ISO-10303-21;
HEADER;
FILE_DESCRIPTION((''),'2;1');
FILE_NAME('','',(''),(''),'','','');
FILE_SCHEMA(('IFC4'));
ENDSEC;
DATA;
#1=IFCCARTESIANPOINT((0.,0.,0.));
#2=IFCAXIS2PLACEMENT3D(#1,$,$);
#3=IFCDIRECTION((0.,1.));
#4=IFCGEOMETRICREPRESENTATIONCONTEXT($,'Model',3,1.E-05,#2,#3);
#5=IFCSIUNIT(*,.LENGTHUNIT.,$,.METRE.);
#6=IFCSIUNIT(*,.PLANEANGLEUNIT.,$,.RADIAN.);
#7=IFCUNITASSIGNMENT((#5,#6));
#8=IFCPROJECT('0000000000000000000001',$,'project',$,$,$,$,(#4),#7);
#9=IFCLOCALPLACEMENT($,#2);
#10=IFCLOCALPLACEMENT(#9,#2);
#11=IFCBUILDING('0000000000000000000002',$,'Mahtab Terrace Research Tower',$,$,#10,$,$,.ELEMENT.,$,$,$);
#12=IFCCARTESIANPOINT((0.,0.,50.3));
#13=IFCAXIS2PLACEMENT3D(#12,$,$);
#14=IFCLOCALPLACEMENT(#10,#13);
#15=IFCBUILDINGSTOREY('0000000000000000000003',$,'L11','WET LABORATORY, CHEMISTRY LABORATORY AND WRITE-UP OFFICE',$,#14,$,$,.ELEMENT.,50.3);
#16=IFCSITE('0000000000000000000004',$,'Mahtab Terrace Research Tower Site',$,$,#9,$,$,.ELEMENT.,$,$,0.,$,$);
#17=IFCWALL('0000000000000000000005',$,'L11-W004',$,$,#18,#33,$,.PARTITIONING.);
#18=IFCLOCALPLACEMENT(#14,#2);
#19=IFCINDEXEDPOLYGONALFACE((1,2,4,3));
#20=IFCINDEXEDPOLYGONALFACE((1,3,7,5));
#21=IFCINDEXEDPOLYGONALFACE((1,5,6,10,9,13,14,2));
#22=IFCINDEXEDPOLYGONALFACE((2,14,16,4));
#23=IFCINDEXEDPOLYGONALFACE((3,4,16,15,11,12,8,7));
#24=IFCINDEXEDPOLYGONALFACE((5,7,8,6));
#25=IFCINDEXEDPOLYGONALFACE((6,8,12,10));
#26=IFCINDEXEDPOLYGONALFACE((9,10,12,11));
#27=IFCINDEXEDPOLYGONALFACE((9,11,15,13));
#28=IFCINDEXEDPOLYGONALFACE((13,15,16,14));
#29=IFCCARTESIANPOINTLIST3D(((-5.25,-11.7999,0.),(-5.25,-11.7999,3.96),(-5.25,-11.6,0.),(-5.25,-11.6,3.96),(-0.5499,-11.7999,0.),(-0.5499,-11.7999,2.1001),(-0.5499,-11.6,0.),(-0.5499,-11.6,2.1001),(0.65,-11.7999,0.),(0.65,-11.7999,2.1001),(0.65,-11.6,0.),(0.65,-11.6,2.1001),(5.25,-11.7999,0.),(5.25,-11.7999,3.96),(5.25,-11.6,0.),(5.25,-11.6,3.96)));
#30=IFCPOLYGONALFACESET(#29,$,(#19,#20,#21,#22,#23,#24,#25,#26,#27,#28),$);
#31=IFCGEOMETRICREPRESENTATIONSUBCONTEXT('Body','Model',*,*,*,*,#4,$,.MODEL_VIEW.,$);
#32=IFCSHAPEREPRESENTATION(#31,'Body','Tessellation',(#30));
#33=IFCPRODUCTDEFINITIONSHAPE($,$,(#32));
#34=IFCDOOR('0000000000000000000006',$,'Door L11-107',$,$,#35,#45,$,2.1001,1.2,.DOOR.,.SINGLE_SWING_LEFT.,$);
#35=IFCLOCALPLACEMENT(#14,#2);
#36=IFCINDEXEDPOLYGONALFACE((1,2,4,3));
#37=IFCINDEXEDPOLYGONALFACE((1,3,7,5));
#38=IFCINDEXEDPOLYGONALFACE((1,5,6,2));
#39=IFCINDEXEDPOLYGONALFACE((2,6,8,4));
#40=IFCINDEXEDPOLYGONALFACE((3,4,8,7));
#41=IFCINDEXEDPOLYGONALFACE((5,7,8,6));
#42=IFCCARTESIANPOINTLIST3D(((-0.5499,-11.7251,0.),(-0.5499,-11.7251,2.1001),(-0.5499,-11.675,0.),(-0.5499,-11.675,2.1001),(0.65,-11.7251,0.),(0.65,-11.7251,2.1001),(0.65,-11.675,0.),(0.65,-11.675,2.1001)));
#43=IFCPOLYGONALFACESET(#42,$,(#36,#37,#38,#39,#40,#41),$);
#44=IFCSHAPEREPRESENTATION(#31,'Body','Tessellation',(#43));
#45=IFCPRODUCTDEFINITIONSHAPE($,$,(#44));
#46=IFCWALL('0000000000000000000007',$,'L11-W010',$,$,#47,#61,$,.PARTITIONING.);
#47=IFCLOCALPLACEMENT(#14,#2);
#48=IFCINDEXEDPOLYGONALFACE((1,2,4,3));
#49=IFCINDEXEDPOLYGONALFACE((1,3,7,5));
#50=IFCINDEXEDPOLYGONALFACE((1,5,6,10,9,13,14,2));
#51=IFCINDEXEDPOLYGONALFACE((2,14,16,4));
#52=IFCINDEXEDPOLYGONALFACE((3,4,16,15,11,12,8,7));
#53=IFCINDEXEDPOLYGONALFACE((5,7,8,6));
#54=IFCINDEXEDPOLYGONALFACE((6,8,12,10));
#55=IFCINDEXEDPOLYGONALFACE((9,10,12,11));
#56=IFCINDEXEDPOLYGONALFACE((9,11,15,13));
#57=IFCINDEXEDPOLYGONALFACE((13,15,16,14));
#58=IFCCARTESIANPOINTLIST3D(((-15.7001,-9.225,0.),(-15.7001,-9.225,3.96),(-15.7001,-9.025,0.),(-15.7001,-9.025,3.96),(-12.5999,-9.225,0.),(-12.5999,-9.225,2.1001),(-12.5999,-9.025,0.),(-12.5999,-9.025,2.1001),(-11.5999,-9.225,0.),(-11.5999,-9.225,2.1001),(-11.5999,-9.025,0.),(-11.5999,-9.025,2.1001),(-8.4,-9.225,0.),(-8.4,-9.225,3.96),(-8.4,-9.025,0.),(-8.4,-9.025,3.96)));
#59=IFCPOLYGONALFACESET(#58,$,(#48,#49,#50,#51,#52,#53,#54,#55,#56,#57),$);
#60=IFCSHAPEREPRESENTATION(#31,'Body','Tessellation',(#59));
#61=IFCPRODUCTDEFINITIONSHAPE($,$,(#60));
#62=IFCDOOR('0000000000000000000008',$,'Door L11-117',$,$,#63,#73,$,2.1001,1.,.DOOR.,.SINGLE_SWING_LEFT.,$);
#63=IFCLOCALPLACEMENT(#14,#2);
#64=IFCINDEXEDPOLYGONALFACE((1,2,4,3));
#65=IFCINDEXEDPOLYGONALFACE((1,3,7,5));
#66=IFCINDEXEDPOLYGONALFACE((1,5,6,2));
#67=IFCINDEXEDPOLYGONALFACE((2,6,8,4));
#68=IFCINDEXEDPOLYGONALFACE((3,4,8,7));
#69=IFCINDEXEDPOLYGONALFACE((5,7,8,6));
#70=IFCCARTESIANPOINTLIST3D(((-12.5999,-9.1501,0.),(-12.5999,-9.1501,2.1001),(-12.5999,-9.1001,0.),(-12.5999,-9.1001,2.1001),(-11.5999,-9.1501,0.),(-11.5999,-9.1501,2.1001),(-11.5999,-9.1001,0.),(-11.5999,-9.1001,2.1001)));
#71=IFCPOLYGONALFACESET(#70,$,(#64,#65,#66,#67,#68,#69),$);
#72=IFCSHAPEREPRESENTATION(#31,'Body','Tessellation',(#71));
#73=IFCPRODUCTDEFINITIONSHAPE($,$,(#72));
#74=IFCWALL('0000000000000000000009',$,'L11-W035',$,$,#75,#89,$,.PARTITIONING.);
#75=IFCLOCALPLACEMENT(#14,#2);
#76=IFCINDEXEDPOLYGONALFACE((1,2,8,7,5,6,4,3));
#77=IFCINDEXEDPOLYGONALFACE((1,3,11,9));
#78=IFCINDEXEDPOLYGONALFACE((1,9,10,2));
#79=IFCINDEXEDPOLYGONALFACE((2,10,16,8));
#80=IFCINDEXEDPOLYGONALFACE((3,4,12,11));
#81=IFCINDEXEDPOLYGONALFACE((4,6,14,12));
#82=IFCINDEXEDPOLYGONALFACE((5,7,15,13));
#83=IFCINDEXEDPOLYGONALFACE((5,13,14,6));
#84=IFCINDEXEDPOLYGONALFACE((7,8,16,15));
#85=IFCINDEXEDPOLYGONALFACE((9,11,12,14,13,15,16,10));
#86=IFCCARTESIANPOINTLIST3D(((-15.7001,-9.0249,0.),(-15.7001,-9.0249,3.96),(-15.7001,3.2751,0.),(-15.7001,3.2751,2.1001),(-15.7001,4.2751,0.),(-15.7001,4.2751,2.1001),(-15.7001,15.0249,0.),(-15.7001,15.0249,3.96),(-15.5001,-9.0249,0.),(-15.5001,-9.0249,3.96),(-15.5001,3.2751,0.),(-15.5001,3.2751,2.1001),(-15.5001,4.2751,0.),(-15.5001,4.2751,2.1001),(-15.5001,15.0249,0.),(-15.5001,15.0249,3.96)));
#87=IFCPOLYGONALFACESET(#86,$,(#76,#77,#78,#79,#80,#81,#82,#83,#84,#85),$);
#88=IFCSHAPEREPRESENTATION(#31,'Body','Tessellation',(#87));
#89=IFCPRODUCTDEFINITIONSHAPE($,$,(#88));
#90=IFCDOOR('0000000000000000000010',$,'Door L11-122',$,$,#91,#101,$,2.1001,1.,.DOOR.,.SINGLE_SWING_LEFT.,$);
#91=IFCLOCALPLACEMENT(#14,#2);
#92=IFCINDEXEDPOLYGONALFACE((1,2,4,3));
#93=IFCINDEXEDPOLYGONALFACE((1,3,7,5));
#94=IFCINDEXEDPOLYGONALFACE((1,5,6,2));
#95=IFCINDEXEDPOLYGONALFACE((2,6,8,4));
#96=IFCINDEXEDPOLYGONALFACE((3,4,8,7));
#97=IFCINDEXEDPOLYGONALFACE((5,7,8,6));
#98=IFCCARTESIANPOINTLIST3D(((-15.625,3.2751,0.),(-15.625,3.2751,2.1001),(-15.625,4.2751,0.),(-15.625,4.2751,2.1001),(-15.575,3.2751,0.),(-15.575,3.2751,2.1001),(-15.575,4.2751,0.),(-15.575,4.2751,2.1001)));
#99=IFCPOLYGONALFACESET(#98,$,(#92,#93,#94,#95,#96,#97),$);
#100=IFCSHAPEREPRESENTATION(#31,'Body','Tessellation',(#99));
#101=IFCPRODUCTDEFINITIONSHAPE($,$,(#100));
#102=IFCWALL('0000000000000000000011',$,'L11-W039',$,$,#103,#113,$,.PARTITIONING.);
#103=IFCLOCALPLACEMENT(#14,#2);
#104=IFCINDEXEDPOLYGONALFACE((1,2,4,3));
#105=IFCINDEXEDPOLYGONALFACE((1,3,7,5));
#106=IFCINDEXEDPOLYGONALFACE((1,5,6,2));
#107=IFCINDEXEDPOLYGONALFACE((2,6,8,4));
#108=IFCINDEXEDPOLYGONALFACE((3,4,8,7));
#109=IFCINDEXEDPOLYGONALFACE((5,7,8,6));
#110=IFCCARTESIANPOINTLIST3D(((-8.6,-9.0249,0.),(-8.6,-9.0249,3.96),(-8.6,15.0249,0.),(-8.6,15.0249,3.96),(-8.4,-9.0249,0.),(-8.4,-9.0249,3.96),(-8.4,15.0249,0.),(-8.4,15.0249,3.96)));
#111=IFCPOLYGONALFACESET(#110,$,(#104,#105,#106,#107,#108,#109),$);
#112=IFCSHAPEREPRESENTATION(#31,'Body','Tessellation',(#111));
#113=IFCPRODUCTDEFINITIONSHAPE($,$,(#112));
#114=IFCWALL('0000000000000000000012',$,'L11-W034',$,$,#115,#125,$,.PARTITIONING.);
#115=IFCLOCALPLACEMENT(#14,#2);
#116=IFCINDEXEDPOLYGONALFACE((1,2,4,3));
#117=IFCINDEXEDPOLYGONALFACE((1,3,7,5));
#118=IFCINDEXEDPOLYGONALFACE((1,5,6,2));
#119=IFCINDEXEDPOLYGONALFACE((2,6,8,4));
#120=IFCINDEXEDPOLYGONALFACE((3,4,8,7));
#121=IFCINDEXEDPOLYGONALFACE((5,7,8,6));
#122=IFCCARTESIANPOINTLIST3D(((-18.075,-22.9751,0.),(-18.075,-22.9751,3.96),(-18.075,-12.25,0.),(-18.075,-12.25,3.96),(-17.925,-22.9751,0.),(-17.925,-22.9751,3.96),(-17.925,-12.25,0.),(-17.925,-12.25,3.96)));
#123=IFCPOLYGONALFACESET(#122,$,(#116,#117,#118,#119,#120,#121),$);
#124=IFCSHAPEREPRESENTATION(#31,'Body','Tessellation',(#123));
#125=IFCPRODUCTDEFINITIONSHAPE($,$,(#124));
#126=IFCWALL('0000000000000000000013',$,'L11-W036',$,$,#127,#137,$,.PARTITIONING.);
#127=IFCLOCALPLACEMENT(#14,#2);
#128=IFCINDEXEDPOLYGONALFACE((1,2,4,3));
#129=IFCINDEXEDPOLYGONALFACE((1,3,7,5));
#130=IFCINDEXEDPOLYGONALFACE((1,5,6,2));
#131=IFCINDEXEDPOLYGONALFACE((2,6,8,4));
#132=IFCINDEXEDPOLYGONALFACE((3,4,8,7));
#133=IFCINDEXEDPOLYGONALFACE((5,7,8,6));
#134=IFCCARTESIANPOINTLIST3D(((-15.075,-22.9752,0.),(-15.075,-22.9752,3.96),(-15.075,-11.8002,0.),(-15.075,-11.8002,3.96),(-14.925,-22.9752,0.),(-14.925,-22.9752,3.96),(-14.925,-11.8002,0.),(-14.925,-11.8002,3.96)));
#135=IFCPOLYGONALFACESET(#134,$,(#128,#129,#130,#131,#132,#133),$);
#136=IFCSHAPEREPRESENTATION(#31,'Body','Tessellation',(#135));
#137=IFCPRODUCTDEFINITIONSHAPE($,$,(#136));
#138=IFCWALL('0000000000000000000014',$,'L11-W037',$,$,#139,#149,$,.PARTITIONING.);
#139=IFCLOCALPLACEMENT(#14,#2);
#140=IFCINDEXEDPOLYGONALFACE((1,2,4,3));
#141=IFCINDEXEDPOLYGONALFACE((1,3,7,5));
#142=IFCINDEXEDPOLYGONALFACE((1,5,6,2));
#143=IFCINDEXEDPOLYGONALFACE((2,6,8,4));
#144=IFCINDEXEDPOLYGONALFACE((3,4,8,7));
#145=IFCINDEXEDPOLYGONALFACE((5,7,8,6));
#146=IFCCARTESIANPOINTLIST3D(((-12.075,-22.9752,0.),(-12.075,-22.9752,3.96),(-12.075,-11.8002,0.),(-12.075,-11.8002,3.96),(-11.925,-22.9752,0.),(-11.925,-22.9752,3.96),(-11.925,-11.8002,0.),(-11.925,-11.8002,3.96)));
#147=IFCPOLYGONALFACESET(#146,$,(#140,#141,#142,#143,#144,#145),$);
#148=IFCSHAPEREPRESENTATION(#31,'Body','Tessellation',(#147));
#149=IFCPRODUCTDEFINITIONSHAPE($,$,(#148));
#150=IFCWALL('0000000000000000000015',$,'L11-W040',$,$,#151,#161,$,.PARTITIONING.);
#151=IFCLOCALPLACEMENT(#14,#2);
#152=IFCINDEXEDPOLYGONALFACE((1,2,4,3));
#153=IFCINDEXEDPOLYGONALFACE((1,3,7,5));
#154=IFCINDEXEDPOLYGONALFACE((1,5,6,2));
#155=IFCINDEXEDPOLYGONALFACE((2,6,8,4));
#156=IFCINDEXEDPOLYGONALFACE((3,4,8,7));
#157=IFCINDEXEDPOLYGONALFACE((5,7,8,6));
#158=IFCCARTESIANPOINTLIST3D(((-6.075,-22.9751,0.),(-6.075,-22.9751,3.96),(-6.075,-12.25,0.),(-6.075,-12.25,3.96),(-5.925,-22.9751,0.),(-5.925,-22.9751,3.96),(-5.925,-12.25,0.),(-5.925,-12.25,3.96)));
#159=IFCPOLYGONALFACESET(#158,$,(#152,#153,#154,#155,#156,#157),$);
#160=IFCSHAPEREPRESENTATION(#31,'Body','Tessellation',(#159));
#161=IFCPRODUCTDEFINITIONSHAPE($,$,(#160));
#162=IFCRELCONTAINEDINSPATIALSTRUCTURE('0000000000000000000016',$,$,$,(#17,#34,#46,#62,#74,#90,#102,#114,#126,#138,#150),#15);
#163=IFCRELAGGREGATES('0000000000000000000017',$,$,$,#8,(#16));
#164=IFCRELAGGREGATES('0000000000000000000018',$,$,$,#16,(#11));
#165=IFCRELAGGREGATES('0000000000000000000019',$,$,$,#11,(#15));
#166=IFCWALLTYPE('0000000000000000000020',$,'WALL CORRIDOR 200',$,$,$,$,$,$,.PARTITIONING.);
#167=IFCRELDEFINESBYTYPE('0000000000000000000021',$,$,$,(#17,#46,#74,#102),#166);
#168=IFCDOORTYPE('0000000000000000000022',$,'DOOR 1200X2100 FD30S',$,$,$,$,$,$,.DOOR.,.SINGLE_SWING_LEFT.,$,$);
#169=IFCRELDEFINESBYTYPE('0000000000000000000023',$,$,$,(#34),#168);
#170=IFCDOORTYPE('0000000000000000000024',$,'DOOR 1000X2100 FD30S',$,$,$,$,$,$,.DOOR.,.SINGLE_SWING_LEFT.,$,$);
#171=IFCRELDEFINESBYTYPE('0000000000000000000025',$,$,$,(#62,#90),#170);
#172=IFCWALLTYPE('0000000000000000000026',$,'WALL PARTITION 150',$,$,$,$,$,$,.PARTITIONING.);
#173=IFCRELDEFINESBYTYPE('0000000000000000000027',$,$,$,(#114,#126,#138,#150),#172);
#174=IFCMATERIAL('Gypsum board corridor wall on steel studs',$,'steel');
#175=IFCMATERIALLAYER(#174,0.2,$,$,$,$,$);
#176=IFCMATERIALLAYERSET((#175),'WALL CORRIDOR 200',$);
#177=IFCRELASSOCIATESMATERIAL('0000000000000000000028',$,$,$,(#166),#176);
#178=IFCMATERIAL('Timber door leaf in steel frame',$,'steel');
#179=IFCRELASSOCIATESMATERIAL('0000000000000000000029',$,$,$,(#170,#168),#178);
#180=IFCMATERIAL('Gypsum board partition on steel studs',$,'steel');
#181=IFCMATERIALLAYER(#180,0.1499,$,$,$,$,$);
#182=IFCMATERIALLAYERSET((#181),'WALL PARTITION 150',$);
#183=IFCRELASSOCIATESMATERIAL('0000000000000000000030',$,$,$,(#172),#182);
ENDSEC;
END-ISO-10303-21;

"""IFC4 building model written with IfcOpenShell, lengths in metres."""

from ifc_helpers import new_model, si_unit, direction, frame, frame_2d, origin, place, context, subcontext, project, spatial, rectangle, extrude, material, layer, layer_set, type_object, element, fill, save


model = new_model("IFC4")

# Units and contexts
model_context = context("Model", 3, precision=1e-05, world=origin(), true_north=direction((0.0, 1.0)))
body_context = subcontext(model_context, "Body", "Model", "MODEL_VIEW")
ifc_project = project(units=[si_unit("LENGTHUNIT", "METRE"), si_unit("PLANEANGLEUNIT", "RADIAN")], contexts=[model_context])

# Site, building, storey
site_placement = place(None, origin())
site = spatial("IfcSite", under=ifc_project, at=site_placement, Name="Mahtab Terrace Research Tower Site", CompositionType="ELEMENT", RefElevation=0.0)
building_placement = place(site_placement, origin())
building = spatial("IfcBuilding", under=site, at=building_placement, Name="Mahtab Terrace Research Tower", CompositionType="ELEMENT")
storey_placement = place(building_placement, frame((0.0, 0.0, 50.3)))
storey = spatial("IfcBuildingStorey", under=building, at=storey_placement, Name="L11", Description="WET LABORATORY, CHEMISTRY LABORATORY AND WRITE-UP OFFICE", CompositionType="ELEMENT", Elevation=50.3)

# Shared definitions
ifc_material_1 = material(Name="Gypsum board corridor wall on steel studs", Category="steel")
ifc_layer_1 = layer(ifc_material_1, 0.2)
ifc_layer_set_1 = layer_set([ifc_layer_1], Name="WALL CORRIDOR 200")
wall_type_1 = type_object("IfcWallType", Name="WALL CORRIDOR 200", PredefinedType="PARTITIONING", material=ifc_layer_set_1)
ifc_material_2 = material(Name="Timber door leaf in steel frame", Category="steel")
door_type_1 = type_object("IfcDoorType", Name="DOOR 1000X2100 FD30S", OperationType="SINGLE_SWING_LEFT", PredefinedType="DOOR", material=ifc_material_2)
door_type_2 = type_object("IfcDoorType", Name="DOOR 1200X2100 FD30S", OperationType="SINGLE_SWING_LEFT", PredefinedType="DOOR", material=ifc_material_2)

# Walls, openings, doors
wall_1_placement = place(storey_placement, frame((-5.25, -11.7, 0.0), z_axis=(0.0, 0.0, 1.0), x_axis=(1.0, 0.0, 0.0)))
wall_1 = element("IfcWall", 1, at=wall_1_placement, inside=storey, type_object=wall_type_1, Name="L11-W004", PredefinedType="PARTITIONING", context=body_context, shape_type="SweptSolid", body=[
    extrude(rectangle(XDim=10.5, YDim=0.2, at=frame_2d((5.25, 0.0))), origin(), (0.0, 0.0, 1.0), 3.96),
])
opening_1_placement = place(wall_1_placement, frame((4.7, 0.0, 0.0)))
opening_1 = element("IfcOpeningElement", 2, at=opening_1_placement, cuts=wall_1, PredefinedType="OPENING", context=body_context, shape_type="SweptSolid", body=[
    extrude(rectangle(XDim=1.2, YDim=2.1001, at=frame_2d((0.6001, 1.05))), frame((0.0, 0.1099, 0.0), z_axis=(0.0, -1.0, 0.0), x_axis=(1.0, 0.0, 0.0)), (0.0, 0.0, 1.0), 0.22),
])
door_1_placement = place(opening_1_placement, origin())
door_1 = element("IfcDoor", 3, at=door_1_placement, inside=storey, type_object=door_type_2, Name="Door L11-107", OperationType="SINGLE_SWING_LEFT", OverallHeight=2.1001, OverallWidth=1.2, PredefinedType="DOOR", context=body_context, shape_type="SweptSolid", body=[
    extrude(rectangle(XDim=1.2, YDim=2.1001, at=frame_2d((0.6001, 1.05))), frame((0.0, 0.0249, 0.0), z_axis=(0.0, -1.0, 0.0), x_axis=(1.0, 0.0, 0.0)), (0.0, 0.0, 1.0), 0.05),
])
fill(opening_1, door_1)
wall_2_placement = place(storey_placement, frame((-15.7, -9.125, 0.0), z_axis=(0.0, 0.0, 1.0), x_axis=(1.0, 0.0, 0.0)))
wall_2 = element("IfcWall", 4, at=wall_2_placement, inside=storey, type_object=wall_type_1, Name="L11-W010", PredefinedType="PARTITIONING", context=body_context, shape_type="SweptSolid", body=[
    extrude(rectangle(XDim=7.3, YDim=0.2, at=frame_2d((3.6499, 0.0))), origin(), (0.0, 0.0, 1.0), 3.96),
])
opening_2_placement = place(wall_2_placement, frame((3.1001, 0.0, 0.0)))
opening_2 = element("IfcOpeningElement", 5, at=opening_2_placement, cuts=wall_2, PredefinedType="OPENING", context=body_context, shape_type="SweptSolid", body=[
    extrude(rectangle(XDim=1.0, YDim=2.1001, at=frame_2d((0.5, 1.05))), frame((0.0, 0.1099, 0.0), z_axis=(0.0, -1.0, 0.0), x_axis=(1.0, 0.0, 0.0)), (0.0, 0.0, 1.0), 0.22),
])
door_2_placement = place(opening_2_placement, origin())
door_2 = element("IfcDoor", 6, at=door_2_placement, inside=storey, type_object=door_type_1, Name="Door L11-117", OperationType="SINGLE_SWING_LEFT", OverallHeight=2.1001, OverallWidth=1.0, PredefinedType="DOOR", context=body_context, shape_type="SweptSolid", body=[
    extrude(rectangle(XDim=1.0, YDim=2.1001, at=frame_2d((0.5, 1.05))), frame((0.0, 0.0249, 0.0), z_axis=(0.0, -1.0, 0.0), x_axis=(1.0, 0.0, 0.0)), (0.0, 0.0, 1.0), 0.05),
])
fill(opening_2, door_2)
wall_3_placement = place(storey_placement, frame((-15.6001, -9.0249, 0.0), z_axis=(0.0, 0.0, 1.0), x_axis=(0.0, 1.0, 0.0)))
wall_3 = element("IfcWall", 7, at=wall_3_placement, inside=storey, type_object=wall_type_1, Name="L11-W035", PredefinedType="PARTITIONING", context=body_context, shape_type="SweptSolid", body=[
    extrude(rectangle(XDim=24.0498, YDim=0.2, at=frame_2d((12.0249, 0.0))), origin(), (0.0, 0.0, 1.0), 3.96),
])
opening_3_placement = place(wall_3_placement, frame((12.3, 0.0, 0.0)))
opening_3 = element("IfcOpeningElement", 8, at=opening_3_placement, cuts=wall_3, PredefinedType="OPENING", context=body_context, shape_type="SweptSolid", body=[
    extrude(rectangle(XDim=1.0, YDim=2.1001, at=frame_2d((0.5, 1.05))), frame((0.0, 0.1099, 0.0), z_axis=(0.0, -1.0, 0.0), x_axis=(1.0, 0.0, 0.0)), (0.0, 0.0, 1.0), 0.22),
])
door_3_placement = place(opening_3_placement, origin())
door_3 = element("IfcDoor", 9, at=door_3_placement, inside=storey, type_object=door_type_1, Name="Door L11-122", OperationType="SINGLE_SWING_LEFT", OverallHeight=2.1001, OverallWidth=1.0, PredefinedType="DOOR", context=body_context, shape_type="SweptSolid", body=[
    extrude(rectangle(XDim=1.0, YDim=2.1001, at=frame_2d((0.5, 1.05))), frame((0.0, 0.0249, 0.0), z_axis=(0.0, -1.0, 0.0), x_axis=(1.0, 0.0, 0.0)), (0.0, 0.0, 1.0), 0.05),
])
fill(opening_3, door_3)

# Walls
wall_4_placement = place(storey_placement, frame((-8.5, -9.0249, 0.0), z_axis=(0.0, 0.0, 1.0), x_axis=(0.0, 1.0, 0.0)))
element("IfcWall", 10, at=wall_4_placement, inside=storey, type_object=wall_type_1, Name="L11-W039", PredefinedType="PARTITIONING", context=body_context, shape_type="SweptSolid", body=[
    extrude(rectangle(XDim=24.0498, YDim=0.2, at=frame_2d((12.0249, 0.0))), origin(), (0.0, 0.0, 1.0), 3.96),
])
ifc_material_3 = material(Name="Gypsum board partition on steel studs", Category="steel")
ifc_layer_2 = layer(ifc_material_3, 0.1499)
ifc_layer_set_2 = layer_set([ifc_layer_2], Name="WALL PARTITION 150")
wall_type_2 = type_object("IfcWallType", Name="WALL PARTITION 150", PredefinedType="PARTITIONING", material=ifc_layer_set_2)
wall_5_placement = place(storey_placement, frame((-18.0, -22.9751, 0.0), z_axis=(0.0, 0.0, 1.0), x_axis=(0.0, 1.0, 0.0)))
element("IfcWall", 11, at=wall_5_placement, inside=storey, type_object=wall_type_2, Name="L11-W034", PredefinedType="PARTITIONING", context=body_context, shape_type="SweptSolid", body=[
    extrude(rectangle(XDim=10.7251, YDim=0.1499, at=frame_2d((5.3625, 0.0))), origin(), (0.0, 0.0, 1.0), 3.96),
])
for number, where, z_axis, x_axis, name in (
    (12, (-15.0, -22.9751, 0.0), (0.0, 0.0, 1.0), (0.0, 1.0, 0.0), "L11-W036"),
    (13, (-12.0, -22.9751, 0.0), (0.0, 0.0, 1.0), (0.0, 1.0, 0.0), "L11-W037"),
):
    element("IfcWall", number, at=place(storey_placement, frame(where, z_axis=z_axis, x_axis=x_axis)), inside=storey, type_object=wall_type_2, Name=name, PredefinedType="PARTITIONING", context=body_context, shape_type="SweptSolid", body=[
        extrude(rectangle(XDim=11.175, YDim=0.1499, at=frame_2d((5.5874, 0.0))), origin(), (0.0, 0.0, 1.0), 3.96),
    ])
wall_6_placement = place(storey_placement, frame((-6.0, -22.9751, 0.0), z_axis=(0.0, 0.0, 1.0), x_axis=(0.0, 1.0, 0.0)))
element("IfcWall", 14, at=wall_6_placement, inside=storey, type_object=wall_type_2, Name="L11-W040", PredefinedType="PARTITIONING", context=body_context, shape_type="SweptSolid", body=[
    extrude(rectangle(XDim=10.7251, YDim=0.1499, at=frame_2d((5.3625, 0.0))), origin(), (0.0, 0.0, 1.0), 3.96),
])

save(model, "model.ifc")
